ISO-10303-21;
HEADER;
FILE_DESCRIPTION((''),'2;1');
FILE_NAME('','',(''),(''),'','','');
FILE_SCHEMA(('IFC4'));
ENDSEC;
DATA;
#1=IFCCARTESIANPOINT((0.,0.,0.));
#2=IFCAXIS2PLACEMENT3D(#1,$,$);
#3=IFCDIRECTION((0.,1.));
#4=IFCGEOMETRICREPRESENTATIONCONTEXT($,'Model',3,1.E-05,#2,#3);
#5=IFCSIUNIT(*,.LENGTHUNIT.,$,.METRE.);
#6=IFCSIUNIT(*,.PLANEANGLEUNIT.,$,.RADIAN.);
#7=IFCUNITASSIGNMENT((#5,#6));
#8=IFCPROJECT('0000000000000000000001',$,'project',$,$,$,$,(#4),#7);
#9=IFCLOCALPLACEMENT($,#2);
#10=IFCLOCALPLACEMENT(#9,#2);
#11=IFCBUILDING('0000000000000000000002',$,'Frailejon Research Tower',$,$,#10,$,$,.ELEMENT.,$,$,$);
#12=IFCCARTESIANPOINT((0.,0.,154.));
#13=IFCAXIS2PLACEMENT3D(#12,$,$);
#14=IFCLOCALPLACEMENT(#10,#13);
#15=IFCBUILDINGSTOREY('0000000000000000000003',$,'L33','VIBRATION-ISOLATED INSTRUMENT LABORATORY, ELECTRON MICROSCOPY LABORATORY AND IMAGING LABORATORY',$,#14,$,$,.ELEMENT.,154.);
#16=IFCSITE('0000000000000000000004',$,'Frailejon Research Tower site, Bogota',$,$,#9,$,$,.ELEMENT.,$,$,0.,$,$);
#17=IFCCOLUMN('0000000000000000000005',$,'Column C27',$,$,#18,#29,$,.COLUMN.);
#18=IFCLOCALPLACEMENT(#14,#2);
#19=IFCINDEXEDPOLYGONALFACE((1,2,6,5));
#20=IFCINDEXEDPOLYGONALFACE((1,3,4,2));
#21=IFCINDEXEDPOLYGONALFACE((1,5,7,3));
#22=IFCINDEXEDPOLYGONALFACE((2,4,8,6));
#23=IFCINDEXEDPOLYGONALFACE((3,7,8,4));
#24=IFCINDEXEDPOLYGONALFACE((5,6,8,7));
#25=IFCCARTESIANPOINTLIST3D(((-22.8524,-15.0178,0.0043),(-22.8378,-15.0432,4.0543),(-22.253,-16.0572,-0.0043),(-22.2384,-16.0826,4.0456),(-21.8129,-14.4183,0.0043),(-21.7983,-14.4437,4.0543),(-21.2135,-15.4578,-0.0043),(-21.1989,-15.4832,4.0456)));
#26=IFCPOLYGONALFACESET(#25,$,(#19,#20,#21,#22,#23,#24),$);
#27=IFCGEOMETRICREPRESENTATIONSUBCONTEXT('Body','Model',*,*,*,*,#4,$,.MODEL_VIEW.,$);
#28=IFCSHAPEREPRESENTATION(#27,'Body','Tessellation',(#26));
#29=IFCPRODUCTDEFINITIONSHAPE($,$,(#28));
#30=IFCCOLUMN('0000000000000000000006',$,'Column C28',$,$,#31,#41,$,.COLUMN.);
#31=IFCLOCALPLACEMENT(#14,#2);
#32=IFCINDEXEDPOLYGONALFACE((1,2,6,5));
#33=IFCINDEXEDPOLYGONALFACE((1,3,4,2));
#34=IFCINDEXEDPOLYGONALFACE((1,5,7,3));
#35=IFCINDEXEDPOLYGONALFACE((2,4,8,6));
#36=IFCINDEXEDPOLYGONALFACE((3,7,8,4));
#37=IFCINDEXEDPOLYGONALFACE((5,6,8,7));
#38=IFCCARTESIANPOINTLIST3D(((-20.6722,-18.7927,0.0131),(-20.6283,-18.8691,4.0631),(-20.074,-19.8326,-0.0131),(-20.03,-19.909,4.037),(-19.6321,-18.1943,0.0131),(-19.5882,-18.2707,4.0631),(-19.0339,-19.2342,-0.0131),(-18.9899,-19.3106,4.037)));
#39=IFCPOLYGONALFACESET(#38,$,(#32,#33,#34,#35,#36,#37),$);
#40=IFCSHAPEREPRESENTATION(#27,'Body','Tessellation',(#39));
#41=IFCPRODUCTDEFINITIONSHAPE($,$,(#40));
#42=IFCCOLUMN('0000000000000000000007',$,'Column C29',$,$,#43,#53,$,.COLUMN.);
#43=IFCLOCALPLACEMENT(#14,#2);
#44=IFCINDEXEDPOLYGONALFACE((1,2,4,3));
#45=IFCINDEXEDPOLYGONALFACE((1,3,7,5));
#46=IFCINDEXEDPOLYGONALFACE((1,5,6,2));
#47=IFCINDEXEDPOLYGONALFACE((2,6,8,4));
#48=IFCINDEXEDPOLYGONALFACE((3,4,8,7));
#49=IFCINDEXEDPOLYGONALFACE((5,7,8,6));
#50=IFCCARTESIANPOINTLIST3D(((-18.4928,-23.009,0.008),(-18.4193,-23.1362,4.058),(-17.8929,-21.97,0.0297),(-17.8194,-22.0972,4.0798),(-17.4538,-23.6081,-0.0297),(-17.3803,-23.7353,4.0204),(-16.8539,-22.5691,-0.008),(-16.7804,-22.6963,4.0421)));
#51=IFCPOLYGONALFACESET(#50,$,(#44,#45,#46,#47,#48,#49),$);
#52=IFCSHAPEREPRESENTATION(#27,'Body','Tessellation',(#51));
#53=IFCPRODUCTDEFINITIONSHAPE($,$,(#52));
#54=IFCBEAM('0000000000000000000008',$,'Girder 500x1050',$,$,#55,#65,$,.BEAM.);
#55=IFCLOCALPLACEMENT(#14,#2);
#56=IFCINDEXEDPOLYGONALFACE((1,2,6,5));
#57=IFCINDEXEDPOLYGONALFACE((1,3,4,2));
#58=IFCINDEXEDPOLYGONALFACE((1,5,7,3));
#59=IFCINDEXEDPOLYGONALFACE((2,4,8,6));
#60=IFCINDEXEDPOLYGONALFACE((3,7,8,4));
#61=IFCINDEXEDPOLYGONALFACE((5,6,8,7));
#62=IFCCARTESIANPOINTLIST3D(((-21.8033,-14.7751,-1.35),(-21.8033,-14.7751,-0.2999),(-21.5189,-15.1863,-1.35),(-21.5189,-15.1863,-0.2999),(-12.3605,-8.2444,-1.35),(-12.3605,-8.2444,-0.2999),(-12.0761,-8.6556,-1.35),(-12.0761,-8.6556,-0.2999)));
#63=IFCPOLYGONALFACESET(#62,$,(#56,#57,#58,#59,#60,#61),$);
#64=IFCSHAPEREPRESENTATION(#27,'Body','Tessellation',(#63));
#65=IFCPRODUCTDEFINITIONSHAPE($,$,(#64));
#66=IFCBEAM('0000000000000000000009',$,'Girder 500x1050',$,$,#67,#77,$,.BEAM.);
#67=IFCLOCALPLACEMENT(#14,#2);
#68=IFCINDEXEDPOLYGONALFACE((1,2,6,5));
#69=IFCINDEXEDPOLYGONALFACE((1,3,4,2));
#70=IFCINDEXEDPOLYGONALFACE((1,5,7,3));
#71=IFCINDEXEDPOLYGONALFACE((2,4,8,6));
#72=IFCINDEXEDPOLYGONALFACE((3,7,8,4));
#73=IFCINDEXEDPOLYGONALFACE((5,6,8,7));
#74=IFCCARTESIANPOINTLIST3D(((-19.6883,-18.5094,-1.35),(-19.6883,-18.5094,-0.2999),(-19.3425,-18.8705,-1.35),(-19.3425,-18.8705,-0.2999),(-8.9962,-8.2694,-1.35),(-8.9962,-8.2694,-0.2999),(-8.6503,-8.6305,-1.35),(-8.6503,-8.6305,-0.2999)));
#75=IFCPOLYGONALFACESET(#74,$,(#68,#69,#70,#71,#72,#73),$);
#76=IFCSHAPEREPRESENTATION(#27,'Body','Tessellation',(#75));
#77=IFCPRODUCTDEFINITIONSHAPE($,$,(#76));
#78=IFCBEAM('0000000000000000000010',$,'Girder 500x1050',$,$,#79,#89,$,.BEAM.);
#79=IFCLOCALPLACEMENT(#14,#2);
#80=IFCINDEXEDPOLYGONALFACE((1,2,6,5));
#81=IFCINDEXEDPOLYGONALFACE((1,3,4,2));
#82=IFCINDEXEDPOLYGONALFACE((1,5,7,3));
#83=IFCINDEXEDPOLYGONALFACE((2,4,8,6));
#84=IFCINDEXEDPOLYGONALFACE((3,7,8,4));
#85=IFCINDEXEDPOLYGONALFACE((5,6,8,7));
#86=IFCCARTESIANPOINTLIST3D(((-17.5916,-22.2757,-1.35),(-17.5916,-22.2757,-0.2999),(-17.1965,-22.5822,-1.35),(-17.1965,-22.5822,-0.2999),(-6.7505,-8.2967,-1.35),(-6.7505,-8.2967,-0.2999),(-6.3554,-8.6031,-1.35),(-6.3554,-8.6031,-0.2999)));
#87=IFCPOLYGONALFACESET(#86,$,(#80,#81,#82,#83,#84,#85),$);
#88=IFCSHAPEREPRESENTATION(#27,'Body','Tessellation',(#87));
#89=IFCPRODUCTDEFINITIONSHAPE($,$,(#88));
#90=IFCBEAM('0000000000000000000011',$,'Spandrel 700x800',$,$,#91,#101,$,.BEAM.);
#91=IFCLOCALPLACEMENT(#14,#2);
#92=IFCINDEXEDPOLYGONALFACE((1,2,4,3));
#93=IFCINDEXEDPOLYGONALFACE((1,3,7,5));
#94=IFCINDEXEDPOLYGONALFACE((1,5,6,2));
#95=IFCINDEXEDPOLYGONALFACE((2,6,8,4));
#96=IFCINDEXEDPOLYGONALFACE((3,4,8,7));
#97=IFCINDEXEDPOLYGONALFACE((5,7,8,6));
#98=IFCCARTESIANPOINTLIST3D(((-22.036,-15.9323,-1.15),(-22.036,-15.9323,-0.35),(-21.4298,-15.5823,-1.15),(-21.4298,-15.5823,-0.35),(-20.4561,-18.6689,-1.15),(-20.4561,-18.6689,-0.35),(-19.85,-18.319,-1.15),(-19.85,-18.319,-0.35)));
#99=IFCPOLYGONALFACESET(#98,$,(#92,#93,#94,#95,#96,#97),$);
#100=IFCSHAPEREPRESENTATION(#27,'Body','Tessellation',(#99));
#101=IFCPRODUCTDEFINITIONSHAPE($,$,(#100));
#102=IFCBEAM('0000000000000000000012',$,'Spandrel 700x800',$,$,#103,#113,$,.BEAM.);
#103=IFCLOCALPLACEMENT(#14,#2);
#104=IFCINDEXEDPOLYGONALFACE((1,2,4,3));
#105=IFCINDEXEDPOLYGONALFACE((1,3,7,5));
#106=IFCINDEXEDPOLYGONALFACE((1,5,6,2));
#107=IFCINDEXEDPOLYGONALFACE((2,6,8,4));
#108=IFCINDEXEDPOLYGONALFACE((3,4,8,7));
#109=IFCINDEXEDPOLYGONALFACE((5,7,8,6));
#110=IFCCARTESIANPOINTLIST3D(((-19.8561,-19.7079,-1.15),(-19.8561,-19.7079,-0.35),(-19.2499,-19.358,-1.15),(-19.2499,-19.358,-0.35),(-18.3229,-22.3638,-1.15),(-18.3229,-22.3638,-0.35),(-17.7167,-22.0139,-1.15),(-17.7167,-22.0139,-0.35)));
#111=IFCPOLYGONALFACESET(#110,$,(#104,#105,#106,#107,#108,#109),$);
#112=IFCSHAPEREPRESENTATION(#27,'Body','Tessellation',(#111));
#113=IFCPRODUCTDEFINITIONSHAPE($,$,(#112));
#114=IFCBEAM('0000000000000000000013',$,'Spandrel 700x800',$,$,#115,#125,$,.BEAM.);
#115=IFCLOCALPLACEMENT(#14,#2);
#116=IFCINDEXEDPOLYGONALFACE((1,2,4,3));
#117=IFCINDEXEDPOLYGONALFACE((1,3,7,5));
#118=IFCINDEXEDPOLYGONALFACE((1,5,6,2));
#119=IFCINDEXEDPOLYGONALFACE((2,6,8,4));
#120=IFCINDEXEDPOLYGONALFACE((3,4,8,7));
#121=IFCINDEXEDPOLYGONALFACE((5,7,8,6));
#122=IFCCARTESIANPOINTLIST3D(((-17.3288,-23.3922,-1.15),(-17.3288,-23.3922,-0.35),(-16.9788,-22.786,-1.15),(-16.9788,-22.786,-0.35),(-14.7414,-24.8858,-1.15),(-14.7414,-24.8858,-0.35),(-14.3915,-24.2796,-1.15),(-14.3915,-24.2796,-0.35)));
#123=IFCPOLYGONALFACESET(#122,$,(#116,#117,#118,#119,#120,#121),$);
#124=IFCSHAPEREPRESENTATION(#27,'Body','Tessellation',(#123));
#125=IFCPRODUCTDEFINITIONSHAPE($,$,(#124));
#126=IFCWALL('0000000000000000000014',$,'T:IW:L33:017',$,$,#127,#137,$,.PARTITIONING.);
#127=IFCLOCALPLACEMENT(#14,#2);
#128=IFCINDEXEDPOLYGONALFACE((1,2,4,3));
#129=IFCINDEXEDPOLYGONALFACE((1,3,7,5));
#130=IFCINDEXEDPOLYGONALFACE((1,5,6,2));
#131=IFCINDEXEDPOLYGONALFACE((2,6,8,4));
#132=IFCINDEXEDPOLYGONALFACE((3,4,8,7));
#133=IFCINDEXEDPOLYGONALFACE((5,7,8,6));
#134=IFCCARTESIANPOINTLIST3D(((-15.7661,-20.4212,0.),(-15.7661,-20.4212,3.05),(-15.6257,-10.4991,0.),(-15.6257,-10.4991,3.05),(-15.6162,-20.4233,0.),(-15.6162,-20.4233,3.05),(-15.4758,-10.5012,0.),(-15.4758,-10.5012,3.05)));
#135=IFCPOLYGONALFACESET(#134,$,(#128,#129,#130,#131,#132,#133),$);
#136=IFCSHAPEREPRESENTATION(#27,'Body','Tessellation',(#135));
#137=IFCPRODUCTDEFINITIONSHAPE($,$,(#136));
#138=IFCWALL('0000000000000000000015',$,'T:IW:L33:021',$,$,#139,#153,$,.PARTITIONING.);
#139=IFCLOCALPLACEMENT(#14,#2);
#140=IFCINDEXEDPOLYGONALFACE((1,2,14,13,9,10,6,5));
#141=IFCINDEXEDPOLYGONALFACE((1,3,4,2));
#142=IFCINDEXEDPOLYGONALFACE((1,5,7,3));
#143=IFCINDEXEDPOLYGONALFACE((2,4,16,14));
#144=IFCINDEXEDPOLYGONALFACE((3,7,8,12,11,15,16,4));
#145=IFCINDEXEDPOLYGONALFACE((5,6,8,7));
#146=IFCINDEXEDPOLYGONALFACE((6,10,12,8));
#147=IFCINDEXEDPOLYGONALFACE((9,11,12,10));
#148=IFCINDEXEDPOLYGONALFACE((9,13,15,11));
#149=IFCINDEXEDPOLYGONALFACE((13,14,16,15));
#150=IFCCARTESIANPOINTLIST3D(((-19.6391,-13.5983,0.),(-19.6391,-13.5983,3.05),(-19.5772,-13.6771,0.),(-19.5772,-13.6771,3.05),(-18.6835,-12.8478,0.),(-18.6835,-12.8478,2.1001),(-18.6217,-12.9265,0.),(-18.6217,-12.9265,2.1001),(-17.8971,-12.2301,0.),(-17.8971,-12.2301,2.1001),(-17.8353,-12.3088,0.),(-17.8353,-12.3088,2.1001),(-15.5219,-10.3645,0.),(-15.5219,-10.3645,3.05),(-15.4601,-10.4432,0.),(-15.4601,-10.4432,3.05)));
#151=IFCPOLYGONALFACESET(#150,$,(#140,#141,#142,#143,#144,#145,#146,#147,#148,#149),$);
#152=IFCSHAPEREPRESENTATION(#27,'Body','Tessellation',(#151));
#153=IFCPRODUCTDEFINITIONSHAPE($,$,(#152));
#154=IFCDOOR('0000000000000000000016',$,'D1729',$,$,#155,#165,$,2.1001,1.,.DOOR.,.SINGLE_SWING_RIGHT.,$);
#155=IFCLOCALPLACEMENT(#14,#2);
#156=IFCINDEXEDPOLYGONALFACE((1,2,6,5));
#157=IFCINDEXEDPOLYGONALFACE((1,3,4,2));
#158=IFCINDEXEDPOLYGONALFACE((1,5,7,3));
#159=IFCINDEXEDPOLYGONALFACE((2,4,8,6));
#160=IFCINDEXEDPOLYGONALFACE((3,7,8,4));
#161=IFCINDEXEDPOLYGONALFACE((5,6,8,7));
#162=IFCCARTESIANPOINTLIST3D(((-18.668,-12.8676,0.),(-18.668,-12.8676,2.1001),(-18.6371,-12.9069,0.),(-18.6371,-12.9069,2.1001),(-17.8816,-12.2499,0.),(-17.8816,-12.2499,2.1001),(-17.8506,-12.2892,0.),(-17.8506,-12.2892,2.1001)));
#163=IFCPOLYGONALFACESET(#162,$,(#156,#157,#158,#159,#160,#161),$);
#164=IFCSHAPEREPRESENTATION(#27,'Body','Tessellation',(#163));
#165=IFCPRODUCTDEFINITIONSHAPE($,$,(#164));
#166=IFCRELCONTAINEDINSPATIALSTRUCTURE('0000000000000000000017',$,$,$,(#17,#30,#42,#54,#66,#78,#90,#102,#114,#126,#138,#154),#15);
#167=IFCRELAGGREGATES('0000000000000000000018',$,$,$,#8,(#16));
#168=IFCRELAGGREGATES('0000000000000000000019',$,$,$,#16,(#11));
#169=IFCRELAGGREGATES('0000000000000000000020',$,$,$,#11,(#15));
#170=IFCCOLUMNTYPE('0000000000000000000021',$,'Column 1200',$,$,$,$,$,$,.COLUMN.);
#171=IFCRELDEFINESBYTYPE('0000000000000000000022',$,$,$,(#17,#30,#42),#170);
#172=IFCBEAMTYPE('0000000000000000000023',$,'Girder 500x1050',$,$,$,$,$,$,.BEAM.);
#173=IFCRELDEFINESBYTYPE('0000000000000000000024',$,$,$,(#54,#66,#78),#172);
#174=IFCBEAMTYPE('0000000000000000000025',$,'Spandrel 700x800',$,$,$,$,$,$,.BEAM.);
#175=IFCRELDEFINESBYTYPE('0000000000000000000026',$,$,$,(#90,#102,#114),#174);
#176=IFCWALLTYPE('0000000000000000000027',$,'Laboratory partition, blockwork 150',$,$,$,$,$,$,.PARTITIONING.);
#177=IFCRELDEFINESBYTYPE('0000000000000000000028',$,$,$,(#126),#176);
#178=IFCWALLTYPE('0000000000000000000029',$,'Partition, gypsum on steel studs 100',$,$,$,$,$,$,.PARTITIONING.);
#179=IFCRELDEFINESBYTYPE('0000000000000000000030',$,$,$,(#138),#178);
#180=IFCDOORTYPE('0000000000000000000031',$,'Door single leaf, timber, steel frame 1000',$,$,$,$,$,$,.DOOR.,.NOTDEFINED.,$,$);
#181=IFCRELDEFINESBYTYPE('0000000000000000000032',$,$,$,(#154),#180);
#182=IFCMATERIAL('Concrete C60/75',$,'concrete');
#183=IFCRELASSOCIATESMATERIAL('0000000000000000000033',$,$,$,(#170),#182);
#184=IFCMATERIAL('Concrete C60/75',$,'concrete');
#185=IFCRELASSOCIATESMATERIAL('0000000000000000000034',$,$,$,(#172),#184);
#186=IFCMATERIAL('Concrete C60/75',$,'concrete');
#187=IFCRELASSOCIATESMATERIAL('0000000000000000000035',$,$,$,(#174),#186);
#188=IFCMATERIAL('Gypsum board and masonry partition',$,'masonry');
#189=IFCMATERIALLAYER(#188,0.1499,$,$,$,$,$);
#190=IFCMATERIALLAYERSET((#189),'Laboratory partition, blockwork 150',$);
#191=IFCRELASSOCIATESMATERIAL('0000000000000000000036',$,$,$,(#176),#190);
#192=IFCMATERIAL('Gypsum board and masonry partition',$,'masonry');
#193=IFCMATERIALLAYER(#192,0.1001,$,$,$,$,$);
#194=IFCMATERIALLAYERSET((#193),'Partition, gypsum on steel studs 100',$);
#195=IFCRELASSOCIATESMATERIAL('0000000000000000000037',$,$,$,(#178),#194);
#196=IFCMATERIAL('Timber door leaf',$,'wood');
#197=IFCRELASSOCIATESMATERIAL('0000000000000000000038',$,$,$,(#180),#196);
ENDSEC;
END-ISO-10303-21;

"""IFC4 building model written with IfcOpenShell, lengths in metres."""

from ifc_helpers import new_model, si_unit, direction, frame, frame_2d, origin, origin_2d, place, context, subcontext, project, spatial, rectangle, extrude, material, layer, layer_set, material_profile, profile_set, type_object, element, fill, save


model = new_model("IFC4")

# Units and contexts
model_context = context("Model", 3, precision=1e-05, world=origin(), true_north=direction((0.0, 1.0)))
body_context = subcontext(model_context, "Body", "Model", "MODEL_VIEW")
ifc_project = project(units=[si_unit("LENGTHUNIT", "METRE"), si_unit("PLANEANGLEUNIT", "RADIAN")], contexts=[model_context])

# Site, building, storey
site_placement = place(None, origin())
site = spatial("IfcSite", under=ifc_project, at=site_placement, Name="Frailejon Research Tower site, Bogota", CompositionType="ELEMENT", RefElevation=0.0)
building_placement = place(site_placement, origin())
building = spatial("IfcBuilding", under=site, at=building_placement, Name="Frailejon Research Tower", CompositionType="ELEMENT")
storey_placement = place(building_placement, frame((0.0, 0.0, 154.0)))
storey = spatial("IfcBuildingStorey", under=building, at=storey_placement, Name="L33", Description="VIBRATION-ISOLATED INSTRUMENT LABORATORY, ELECTRON MICROSCOPY LABORATORY AND IMAGING LABORATORY", CompositionType="ELEMENT", Elevation=154.0)

# Columns
ifc_material_1 = material(Name="Concrete C60/75", Category="concrete")
ifc_material_profile_1 = material_profile(ifc_material_1, rectangle(XDim=1.2, YDim=1.2, at=origin_2d()), Name="Column 1200")
ifc_profile_set_1 = profile_set([ifc_material_profile_1], Name="Concrete C60/75")
column_type = type_object("IfcColumnType", Name="Column 1200", PredefinedType="COLUMN", material=ifc_profile_set_1)
column_1_placement = place(storey_placement, frame((-22.033, -15.2378, 0.0), z_axis=(0.003617, -0.006269, 0.999974), x_axis=(0.499536, -0.866263, -0.007238)))
element("IfcColumn", 1, at=column_1_placement, inside=storey, type_object=column_type, Name="Column C27", PredefinedType="COLUMN", context=body_context, shape_type="SweptSolid", body=[
    extrude(rectangle(XDim=1.2, YDim=1.2, at=origin_2d()), origin(), (0.0, 0.0, 1.0), 4.05),
])
column_2_placement = place(storey_placement, frame((-19.853, -19.0134, 0.0), z_axis=(0.010848, -0.018863, 0.999763), x_axis=(0.498562, -0.866581, -0.02176)))
element("IfcColumn", 2, at=column_2_placement, inside=storey, type_object=column_type, Name="Column C28", PredefinedType="COLUMN", context=body_context, shape_type="SweptSolid", body=[
    extrude(rectangle(XDim=1.2, YDim=1.2, at=origin_2d()), origin(), (0.0, 0.0, 1.0), 4.051),
])
column_3_placement = place(storey_placement, frame((-17.6733, -22.7891, 0.0), z_axis=(0.018133, -0.031386, 0.999343), x_axis=(0.865885, -0.499257, -0.031391)))
element("IfcColumn", 3, at=column_3_placement, inside=storey, type_object=column_type, Name="Column C29", PredefinedType="COLUMN", context=body_context, shape_type="SweptSolid", body=[
    extrude(rectangle(XDim=1.2, YDim=1.2, at=origin_2d()), origin(), (0.0, 0.0, 1.0), 4.0527),
])

# Beams
ifc_material_2 = material(Name="Concrete C60/75", Category="concrete")
ifc_material_profile_2 = material_profile(ifc_material_2, rectangle(XDim=0.5, YDim=1.05, at=origin_2d()), Name="Girder 500x1050")
ifc_profile_set_2 = profile_set([ifc_material_profile_2], Name="Concrete C60/75")
beam_type_1 = type_object("IfcBeamType", Name="Girder 500x1050", PredefinedType="BEAM", material=ifc_profile_set_2)
beam_1_placement = place(storey_placement, frame((-21.6611, -14.9807, -0.825), z_axis=(0.822462, 0.568821, 0.0), x_axis=(-0.568821, 0.822462, 0.0)))
element("IfcBeam", 4, at=beam_1_placement, inside=storey, type_object=beam_type_1, Name="Girder 500x1050", PredefinedType="BEAM", context=body_context, shape_type="SweptSolid", body=[
    extrude(rectangle(XDim=0.5, YDim=1.05, at=origin_2d()), origin(), (0.0, 0.0, 1.0), 11.4812),
])
beam_2_placement = place(storey_placement, frame((-19.5154, -18.6899, -0.825), z_axis=(0.722212, 0.691671, 0.0), x_axis=(-0.691671, 0.722212, 0.0)))
element("IfcBeam", 5, at=beam_2_placement, inside=storey, type_object=beam_type_1, Name="Girder 500x1050", PredefinedType="BEAM", context=body_context, shape_type="SweptSolid", body=[
    extrude(rectangle(XDim=0.5, YDim=1.05, at=origin_2d()), origin(), (0.0, 0.0, 1.0), 14.8047),
])
beam_3_placement = place(storey_placement, frame((-17.394, -22.429, -0.825), z_axis=(0.612831, 0.790214, 0.0), x_axis=(-0.790214, 0.612831, 0.0)))
element("IfcBeam", 6, at=beam_3_placement, inside=storey, type_object=beam_type_1, Name="Girder 500x1050", PredefinedType="BEAM", context=body_context, shape_type="SweptSolid", body=[
    extrude(rectangle(XDim=0.5, YDim=1.05, at=origin_2d()), origin(), (0.0, 0.0, 1.0), 17.6902),
])
ifc_material_3 = material(Name="Concrete C60/75", Category="concrete")
ifc_material_profile_3 = material_profile(ifc_material_3, rectangle(XDim=0.7, YDim=0.8, at=origin_2d()), Name="Spandrel 700x800")
ifc_profile_set_3 = profile_set([ifc_material_profile_3], Name="Concrete C60/75")
beam_type_2 = type_object("IfcBeamType", Name="Spandrel 700x800", PredefinedType="BEAM", material=ifc_profile_set_3)
beam_4_placement = place(storey_placement, frame((-21.7329, -15.7573, -0.75), z_axis=(0.49997, -0.866043, 0.0), x_axis=(0.866043, 0.49997, 0.0)))
element("IfcBeam", 7, at=beam_4_placement, inside=storey, type_object=beam_type_2, Name="Spandrel 700x800", PredefinedType="BEAM", context=body_context, shape_type="SweptSolid", body=[
    extrude(rectangle(XDim=0.7, YDim=0.8, at=origin_2d()), origin(), (0.0, 0.0, 1.0), 3.1599),
])
beam_5_placement = place(storey_placement, frame((-19.553, -19.533, -0.75), z_axis=(0.499941, -0.86606, 0.0), x_axis=(0.86606, 0.499941, 0.0)))
element("IfcBeam", 8, at=beam_5_placement, inside=storey, type_object=beam_type_2, Name="Spandrel 700x800", PredefinedType="BEAM", context=body_context, shape_type="SweptSolid", body=[
    extrude(rectangle(XDim=0.7, YDim=0.8, at=origin_2d()), origin(), (0.0, 0.0, 1.0), 3.0667),
])
beam_6_placement = place(storey_placement, frame((-17.1538, -23.0891, -0.75), z_axis=(0.866052, -0.499954, 0.0), x_axis=(0.499954, 0.866052, 0.0)))
element("IfcBeam", 9, at=beam_6_placement, inside=storey, type_object=beam_type_2, Name="Spandrel 700x800", PredefinedType="BEAM", context=body_context, shape_type="SweptSolid", body=[
    extrude(rectangle(XDim=0.7, YDim=0.8, at=origin_2d()), origin(), (0.0, 0.0, 1.0), 2.9875),
])

# Wall
ifc_material_4 = material(Name="Gypsum board and masonry partition", Category="masonry")
ifc_layer_1 = layer(ifc_material_4, 0.1499)
ifc_layer_set_1 = layer_set([ifc_layer_1], Name="Laboratory partition, blockwork 150")
wall_type_1 = type_object("IfcWallType", Name="Laboratory partition, blockwork 150", PredefinedType="PARTITIONING", material=ifc_layer_set_1)
wall_1_placement = place(storey_placement, frame((-15.6912, -20.4221, 0.0), z_axis=(0.0, 0.0, 1.0), x_axis=(0.014147, 0.9999, 0.0)))
element("IfcWall", 10, at=wall_1_placement, inside=storey, type_object=wall_type_1, Name="T:IW:L33:017", PredefinedType="PARTITIONING", context=body_context, shape_type="SweptSolid", body=[
    extrude(rectangle(XDim=9.9231, YDim=0.1499, at=frame_2d((4.9614, 0.0))), origin(), (0.0, 0.0, 1.0), 3.05),
])

# Wall, opening, door
ifc_material_5 = material(Name="Gypsum board and masonry partition", Category="masonry")
ifc_layer_2 = layer(ifc_material_5, 0.1001)
ifc_layer_set_2 = layer_set([ifc_layer_2], Name="Partition, gypsum on steel studs 100")
wall_type_2 = type_object("IfcWallType", Name="Partition, gypsum on steel studs 100", PredefinedType="PARTITIONING", material=ifc_layer_set_2)
wall_2_placement = place(storey_placement, frame((-19.6082, -13.6377, 0.0), z_axis=(0.0, 0.0, 1.0), x_axis=(0.786415, 0.617698, 0.0)))
wall_2 = element("IfcWall", 11, at=wall_2_placement, inside=storey, type_object=wall_type_2, Name="T:IW:L33:021", PredefinedType="PARTITIONING", context=body_context, shape_type="SweptSolid", body=[
    extrude(rectangle(XDim=5.2354, YDim=0.1001, at=frame_2d((2.6177, 0.0))), origin(), (0.0, 0.0, 1.0), 3.05),
])
opening_1_placement = place(wall_2_placement, frame((1.2151, 0.0, 0.0)))
opening_1 = element("IfcOpeningElement", 12, at=opening_1_placement, cuts=wall_2, PredefinedType="OPENING", context=body_context, shape_type="SweptSolid", body=[
    extrude(rectangle(XDim=1.0, YDim=2.1001, at=frame_2d((0.5, 1.05))), frame((0.0, 0.0601, 0.0), z_axis=(0.0, -1.0, 0.0), x_axis=(1.0, 0.0, 0.0)), (0.0, 0.0, 1.0), 0.1201),
])
ifc_material_6 = material(Name="Timber door leaf", Category="wood")
door_type = type_object("IfcDoorType", Name="Door single leaf, timber, steel frame 1000", OperationType="NOTDEFINED", PredefinedType="DOOR", material=ifc_material_6)
door_placement = place(opening_1_placement, origin())
door = element("IfcDoor", 13, at=door_placement, inside=storey, type_object=door_type, Name="D1729", OperationType="SINGLE_SWING_RIGHT", OverallHeight=2.1001, OverallWidth=1.0, PredefinedType="DOOR", context=body_context, shape_type="SweptSolid", body=[
    extrude(rectangle(XDim=1.0, YDim=2.1001, at=frame_2d((0.5, 1.05))), frame((0.0, 0.0249, 0.0), z_axis=(0.0, -1.0, 0.0), x_axis=(1.0, 0.0, 0.0)), (0.0, 0.0, 1.0), 0.05),
])
fill(opening_1, door)

save(model, "model.ifc")
